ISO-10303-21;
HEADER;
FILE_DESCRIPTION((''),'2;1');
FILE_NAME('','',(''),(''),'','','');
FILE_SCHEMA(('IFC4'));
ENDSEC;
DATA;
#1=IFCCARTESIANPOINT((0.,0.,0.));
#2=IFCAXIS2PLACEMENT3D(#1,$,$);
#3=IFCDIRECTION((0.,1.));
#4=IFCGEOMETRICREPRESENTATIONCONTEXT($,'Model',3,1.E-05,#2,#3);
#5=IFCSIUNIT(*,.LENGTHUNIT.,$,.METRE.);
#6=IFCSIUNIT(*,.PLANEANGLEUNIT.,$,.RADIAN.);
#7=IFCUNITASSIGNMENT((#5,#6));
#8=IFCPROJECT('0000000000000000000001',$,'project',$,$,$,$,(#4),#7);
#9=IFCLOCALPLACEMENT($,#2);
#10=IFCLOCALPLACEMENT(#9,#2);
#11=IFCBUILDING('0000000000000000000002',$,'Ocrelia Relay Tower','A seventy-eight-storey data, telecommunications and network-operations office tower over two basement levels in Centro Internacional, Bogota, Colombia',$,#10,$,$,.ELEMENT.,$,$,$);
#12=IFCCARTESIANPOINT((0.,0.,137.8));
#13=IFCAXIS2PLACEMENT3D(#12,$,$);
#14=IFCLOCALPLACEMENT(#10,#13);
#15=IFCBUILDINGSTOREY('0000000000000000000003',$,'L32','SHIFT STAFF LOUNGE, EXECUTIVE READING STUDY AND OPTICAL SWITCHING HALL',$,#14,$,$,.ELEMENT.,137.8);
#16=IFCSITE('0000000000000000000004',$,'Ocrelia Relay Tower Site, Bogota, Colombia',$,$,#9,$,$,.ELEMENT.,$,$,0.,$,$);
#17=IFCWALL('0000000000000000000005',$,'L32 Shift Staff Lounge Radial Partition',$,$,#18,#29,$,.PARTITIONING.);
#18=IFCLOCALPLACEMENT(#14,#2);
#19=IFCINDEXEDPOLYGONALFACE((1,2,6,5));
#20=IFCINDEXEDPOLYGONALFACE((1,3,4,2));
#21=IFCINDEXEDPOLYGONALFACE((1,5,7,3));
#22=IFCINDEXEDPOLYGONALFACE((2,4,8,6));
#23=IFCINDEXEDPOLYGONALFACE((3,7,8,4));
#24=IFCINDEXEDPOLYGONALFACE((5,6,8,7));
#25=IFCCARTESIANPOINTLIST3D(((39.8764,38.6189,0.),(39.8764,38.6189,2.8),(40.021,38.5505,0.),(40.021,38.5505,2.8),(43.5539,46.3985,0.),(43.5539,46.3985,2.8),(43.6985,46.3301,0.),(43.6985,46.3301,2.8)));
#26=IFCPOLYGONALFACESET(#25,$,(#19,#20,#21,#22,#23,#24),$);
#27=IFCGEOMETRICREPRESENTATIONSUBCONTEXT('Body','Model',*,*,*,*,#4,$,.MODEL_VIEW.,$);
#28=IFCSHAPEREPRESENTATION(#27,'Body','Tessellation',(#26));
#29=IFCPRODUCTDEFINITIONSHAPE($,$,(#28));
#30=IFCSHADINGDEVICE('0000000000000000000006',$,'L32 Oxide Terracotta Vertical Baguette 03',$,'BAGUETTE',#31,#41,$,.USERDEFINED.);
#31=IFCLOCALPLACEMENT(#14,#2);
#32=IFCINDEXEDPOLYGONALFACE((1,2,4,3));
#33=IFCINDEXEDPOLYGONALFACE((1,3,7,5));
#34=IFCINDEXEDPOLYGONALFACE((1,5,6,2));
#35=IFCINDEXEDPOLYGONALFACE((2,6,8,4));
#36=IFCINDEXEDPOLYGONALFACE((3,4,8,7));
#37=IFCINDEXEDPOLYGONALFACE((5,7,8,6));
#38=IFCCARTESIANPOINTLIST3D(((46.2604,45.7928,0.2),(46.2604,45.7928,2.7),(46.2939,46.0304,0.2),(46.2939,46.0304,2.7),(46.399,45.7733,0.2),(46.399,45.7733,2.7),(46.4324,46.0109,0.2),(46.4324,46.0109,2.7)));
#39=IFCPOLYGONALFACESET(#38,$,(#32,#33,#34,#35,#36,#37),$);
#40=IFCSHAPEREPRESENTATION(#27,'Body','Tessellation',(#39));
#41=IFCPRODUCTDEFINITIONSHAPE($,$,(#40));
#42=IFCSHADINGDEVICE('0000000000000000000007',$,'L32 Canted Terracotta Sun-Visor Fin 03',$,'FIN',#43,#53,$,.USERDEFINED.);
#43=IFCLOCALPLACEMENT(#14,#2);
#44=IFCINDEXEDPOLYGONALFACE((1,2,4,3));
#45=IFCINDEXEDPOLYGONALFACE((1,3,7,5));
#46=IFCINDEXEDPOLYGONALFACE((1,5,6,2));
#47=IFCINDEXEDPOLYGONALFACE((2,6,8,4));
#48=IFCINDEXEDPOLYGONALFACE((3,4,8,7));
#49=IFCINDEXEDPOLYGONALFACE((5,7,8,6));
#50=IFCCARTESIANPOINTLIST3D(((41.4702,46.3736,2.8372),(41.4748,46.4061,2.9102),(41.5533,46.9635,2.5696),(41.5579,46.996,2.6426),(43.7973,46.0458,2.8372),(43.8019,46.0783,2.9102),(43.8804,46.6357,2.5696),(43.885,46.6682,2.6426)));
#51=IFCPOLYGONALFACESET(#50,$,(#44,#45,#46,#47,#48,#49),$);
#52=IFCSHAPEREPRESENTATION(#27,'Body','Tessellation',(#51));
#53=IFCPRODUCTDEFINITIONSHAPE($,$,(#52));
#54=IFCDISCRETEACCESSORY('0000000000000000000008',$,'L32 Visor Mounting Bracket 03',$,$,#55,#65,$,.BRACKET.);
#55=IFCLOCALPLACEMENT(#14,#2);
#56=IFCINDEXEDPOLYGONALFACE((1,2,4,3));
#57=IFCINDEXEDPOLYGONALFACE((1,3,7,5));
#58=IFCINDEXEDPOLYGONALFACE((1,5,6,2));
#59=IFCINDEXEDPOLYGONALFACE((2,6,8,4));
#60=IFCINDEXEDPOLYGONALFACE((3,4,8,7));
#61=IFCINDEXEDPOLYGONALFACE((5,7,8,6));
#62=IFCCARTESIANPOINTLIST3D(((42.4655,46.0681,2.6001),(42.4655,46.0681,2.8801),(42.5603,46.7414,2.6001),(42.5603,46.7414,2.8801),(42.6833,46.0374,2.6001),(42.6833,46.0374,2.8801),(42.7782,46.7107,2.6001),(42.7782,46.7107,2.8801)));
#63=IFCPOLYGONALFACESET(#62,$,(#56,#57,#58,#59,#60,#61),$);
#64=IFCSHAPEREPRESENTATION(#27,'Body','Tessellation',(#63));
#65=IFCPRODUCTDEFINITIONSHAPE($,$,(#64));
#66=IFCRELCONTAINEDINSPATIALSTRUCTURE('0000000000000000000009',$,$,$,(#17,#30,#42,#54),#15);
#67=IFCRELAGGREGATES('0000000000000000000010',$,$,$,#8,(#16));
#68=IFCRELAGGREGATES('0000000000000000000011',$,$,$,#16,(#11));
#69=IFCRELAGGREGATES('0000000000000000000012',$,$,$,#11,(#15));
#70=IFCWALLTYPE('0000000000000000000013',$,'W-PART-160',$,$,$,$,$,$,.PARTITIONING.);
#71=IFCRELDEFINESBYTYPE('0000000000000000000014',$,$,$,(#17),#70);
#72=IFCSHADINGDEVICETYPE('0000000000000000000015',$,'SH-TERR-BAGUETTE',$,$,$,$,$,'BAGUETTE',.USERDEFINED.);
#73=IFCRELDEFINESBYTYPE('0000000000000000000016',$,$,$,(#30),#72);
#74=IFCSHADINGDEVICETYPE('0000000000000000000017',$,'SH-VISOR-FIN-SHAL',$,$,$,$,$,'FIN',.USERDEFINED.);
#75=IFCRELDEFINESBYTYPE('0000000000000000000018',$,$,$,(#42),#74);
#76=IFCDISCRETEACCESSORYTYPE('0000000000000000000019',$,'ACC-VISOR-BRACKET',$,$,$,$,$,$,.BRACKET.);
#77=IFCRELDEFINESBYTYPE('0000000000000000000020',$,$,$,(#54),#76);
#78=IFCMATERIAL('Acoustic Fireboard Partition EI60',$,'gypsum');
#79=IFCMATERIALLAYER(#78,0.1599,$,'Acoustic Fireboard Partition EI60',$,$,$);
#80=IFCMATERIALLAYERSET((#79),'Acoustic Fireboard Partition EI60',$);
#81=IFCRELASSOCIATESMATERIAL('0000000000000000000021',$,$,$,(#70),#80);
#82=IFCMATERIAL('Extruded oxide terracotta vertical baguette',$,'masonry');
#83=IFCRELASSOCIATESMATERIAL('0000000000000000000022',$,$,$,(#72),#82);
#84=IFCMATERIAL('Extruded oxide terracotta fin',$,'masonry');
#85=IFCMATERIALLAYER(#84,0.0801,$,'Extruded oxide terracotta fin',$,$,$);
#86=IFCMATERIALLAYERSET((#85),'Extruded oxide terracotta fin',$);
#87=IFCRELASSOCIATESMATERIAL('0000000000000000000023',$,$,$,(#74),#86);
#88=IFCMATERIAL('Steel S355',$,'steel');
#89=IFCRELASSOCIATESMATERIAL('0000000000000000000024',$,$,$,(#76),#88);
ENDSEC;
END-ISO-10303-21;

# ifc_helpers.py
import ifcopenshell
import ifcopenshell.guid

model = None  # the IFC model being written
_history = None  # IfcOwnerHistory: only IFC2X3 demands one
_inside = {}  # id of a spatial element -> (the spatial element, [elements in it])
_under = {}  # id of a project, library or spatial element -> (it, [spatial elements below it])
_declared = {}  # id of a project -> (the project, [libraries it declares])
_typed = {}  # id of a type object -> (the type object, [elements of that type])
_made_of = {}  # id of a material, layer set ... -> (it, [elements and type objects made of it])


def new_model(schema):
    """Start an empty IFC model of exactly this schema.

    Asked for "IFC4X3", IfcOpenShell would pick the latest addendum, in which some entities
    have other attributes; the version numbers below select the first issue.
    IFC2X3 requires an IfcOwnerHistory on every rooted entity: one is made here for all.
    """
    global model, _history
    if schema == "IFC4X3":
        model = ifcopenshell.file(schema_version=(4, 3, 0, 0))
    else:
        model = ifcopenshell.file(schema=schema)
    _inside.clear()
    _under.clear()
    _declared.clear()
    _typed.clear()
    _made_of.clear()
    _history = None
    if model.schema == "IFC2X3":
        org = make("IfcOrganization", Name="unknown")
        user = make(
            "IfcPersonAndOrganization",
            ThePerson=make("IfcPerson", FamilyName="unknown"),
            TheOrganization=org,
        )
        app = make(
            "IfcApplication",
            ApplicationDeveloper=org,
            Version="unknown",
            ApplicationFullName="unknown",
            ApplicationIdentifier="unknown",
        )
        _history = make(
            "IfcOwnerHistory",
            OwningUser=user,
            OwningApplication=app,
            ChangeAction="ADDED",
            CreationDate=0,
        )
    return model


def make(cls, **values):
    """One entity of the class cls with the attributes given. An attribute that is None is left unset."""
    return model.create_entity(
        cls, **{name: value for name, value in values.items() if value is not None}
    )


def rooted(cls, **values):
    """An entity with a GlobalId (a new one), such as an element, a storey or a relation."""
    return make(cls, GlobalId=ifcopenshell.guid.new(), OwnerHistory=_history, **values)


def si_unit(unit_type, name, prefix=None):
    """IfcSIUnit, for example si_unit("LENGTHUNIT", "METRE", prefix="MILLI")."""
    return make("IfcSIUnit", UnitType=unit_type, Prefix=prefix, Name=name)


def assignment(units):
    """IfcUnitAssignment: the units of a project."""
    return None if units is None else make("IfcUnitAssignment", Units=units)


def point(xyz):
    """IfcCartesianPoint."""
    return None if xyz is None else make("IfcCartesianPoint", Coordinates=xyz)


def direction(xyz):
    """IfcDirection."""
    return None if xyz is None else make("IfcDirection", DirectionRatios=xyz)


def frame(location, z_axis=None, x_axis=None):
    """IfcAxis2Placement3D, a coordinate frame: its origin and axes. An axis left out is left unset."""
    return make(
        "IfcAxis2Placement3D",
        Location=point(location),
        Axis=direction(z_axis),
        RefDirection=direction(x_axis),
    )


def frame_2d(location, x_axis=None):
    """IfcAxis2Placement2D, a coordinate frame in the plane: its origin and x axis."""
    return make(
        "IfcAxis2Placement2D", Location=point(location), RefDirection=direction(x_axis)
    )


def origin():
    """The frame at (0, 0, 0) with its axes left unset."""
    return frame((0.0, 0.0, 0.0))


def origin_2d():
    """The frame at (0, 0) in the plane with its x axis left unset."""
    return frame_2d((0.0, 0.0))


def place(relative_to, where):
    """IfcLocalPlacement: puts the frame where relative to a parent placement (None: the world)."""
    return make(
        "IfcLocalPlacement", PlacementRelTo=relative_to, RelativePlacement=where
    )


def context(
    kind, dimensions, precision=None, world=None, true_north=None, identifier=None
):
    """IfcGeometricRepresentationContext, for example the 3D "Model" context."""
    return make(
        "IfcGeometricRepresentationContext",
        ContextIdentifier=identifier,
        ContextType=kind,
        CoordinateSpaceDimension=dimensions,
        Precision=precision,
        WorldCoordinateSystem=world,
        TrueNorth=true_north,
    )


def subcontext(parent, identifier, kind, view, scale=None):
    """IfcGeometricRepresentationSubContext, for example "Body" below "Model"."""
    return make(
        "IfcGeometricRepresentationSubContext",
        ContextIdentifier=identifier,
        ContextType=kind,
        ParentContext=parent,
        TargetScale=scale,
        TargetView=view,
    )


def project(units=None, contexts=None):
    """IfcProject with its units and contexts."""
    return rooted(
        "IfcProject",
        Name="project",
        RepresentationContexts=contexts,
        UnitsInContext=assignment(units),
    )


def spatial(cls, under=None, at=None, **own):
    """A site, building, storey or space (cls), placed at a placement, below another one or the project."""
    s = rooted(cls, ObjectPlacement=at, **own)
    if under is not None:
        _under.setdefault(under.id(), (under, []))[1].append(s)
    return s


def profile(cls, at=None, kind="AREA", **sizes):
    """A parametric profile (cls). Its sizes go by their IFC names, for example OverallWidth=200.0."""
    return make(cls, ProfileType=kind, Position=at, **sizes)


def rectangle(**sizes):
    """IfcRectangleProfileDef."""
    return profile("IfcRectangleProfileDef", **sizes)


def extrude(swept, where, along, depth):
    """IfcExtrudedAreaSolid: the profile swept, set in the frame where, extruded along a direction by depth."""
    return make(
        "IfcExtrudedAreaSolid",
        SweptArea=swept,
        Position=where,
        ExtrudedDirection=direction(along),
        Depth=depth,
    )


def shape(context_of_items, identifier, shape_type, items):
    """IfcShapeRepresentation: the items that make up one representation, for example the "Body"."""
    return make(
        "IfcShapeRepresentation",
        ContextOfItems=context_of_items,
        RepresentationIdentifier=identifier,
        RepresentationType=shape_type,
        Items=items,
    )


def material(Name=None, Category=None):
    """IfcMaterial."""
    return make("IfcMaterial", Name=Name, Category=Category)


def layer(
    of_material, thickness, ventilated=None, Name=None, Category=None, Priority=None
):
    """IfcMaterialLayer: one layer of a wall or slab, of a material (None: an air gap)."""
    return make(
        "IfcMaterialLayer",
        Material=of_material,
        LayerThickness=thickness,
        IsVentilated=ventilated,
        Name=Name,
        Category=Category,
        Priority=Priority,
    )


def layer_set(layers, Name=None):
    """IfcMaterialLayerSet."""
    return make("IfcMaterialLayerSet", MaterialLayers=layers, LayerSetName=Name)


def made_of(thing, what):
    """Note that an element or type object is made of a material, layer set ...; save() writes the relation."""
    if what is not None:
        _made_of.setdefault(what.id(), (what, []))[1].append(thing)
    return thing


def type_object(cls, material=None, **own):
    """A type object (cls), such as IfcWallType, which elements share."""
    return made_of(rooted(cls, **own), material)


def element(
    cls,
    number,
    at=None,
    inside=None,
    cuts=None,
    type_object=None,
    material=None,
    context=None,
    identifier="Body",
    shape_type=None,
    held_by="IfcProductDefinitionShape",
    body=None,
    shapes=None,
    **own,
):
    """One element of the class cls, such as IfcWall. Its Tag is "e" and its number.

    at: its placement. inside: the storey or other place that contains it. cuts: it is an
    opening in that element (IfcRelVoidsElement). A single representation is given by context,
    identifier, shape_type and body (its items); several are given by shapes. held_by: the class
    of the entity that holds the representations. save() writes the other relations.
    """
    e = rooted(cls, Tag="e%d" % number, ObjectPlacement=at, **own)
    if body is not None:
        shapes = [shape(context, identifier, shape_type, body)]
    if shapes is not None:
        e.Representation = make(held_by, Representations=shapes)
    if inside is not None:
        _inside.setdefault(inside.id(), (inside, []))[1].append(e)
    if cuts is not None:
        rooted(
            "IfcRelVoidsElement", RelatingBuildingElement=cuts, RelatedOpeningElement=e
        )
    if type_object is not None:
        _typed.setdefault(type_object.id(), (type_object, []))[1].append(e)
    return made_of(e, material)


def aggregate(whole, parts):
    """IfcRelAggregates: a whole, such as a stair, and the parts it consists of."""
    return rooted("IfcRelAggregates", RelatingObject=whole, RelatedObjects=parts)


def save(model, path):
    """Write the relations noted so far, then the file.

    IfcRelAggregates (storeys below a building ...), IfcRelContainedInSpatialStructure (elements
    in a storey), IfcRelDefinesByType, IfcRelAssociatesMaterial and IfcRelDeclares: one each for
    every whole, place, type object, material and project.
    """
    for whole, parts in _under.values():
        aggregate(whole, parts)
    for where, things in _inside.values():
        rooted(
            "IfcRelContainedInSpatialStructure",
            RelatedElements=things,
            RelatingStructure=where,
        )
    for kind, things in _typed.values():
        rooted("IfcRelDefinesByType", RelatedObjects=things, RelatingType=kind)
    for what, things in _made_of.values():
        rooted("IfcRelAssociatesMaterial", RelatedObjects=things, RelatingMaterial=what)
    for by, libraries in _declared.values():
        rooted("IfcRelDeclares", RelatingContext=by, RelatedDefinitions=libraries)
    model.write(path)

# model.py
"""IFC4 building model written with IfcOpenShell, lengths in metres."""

from ifc_helpers import new_model, si_unit, direction, frame, frame_2d, origin, origin_2d, place, context, subcontext, project, spatial, rectangle, extrude, material, layer, layer_set, type_object, element, save


model = new_model("IFC4")

# Units and contexts
model_context = context("Model", 3, precision=1e-05, world=origin(), true_north=direction((0.0, 1.0)))
body_context = subcontext(model_context, "Body", "Model", "MODEL_VIEW")
ifc_project = project(units=[si_unit("LENGTHUNIT", "METRE"), si_unit("PLANEANGLEUNIT", "RADIAN")], contexts=[model_context])

# Site, building, storey
site_placement = place(None, origin())
site = spatial("IfcSite", under=ifc_project, at=site_placement, Name="Ocrelia Relay Tower Site, Bogota, Colombia", CompositionType="ELEMENT", RefElevation=0.0)
building_placement = place(site_placement, origin())
building = spatial("IfcBuilding", under=site, at=building_placement, Name="Ocrelia Relay Tower", Description="A seventy-eight-storey data, telecommunications and network-operations office tower over two basement levels in Centro Internacional, Bogota, Colombia", CompositionType="ELEMENT")
storey_placement = place(building_placement, frame((0.0, 0.0, 137.8)))
storey = spatial("IfcBuildingStorey", under=building, at=storey_placement, Name="L32", Description="SHIFT STAFF LOUNGE, EXECUTIVE READING STUDY AND OPTICAL SWITCHING HALL", CompositionType="ELEMENT", Elevation=137.8)

# Shared definitions
ifc_material_1 = material(Name="Steel S355", Category="steel")

# Wall
ifc_material_2 = material(Name="Acoustic Fireboard Partition EI60", Category="gypsum")
ifc_layer_1 = layer(ifc_material_2, 0.1599, Name="Acoustic Fireboard Partition EI60")
ifc_layer_set_1 = layer_set([ifc_layer_1], Name="Acoustic Fireboard Partition EI60")
wall_type_1 = type_object("IfcWallType", Name="W-PART-160", PredefinedType="PARTITIONING", material=ifc_layer_set_1)
wall_1_placement = place(storey_placement, frame((39.9487, 38.5847, 0.0), z_axis=(0.0, 0.0, 1.0), x_axis=(0.427369, 0.904077, 0.0)))
element("IfcWall", 1, at=wall_1_placement, inside=storey, type_object=wall_type_1, Name="L32 Shift Staff Lounge Radial Partition", PredefinedType="PARTITIONING", context=body_context, shape_type="SweptSolid", body=[
    extrude(rectangle(XDim=8.605, YDim=0.1599, at=frame_2d((4.3025, 0.0))), origin(), (0.0, 0.0, 1.0), 2.8),
])

# Shading devices
ifc_material_3 = material(Name="Extruded oxide terracotta vertical baguette", Category="masonry")
shading_device_type_1 = type_object("IfcShadingDeviceType", Name="SH-TERR-BAGUETTE", ElementType="BAGUETTE", PredefinedType="USERDEFINED", material=ifc_material_3)
shading_device_1_placement = place(storey_placement, frame((46.3464, 45.9019, 0.2), z_axis=(0.0, 0.0, 1.0), x_axis=(-0.990223, 0.139491, 0.0)))
element("IfcShadingDevice", 2, at=shading_device_1_placement, inside=storey, type_object=shading_device_type_1, Name="L32 Oxide Terracotta Vertical Baguette 03", ObjectType="BAGUETTE", PredefinedType="USERDEFINED", context=body_context, shape_type="SweptSolid", body=[
    extrude(rectangle(XDim=0.1399, YDim=0.24, at=origin_2d()), origin(), (0.0, 0.0, 1.0), 2.5),
])
ifc_material_4 = material(Name="Extruded oxide terracotta fin", Category="masonry")
ifc_layer_2 = layer(ifc_material_4, 0.0801, Name="Extruded oxide terracotta fin")
ifc_layer_set_2 = layer_set([ifc_layer_2], Name="Extruded oxide terracotta fin")
shading_device_type_2 = type_object("IfcShadingDeviceType", Name="SH-VISOR-FIN-SHAL", ElementType="FIN", PredefinedType="USERDEFINED", material=ifc_layer_set_2)
shading_device_2_placement = place(storey_placement, frame((42.6753, 46.5046, 2.7034), z_axis=(0.057158, 0.405758, 0.912192), x_axis=(-0.990223, 0.139491, 0.0)))
element("IfcShadingDevice", 3, at=shading_device_2_placement, inside=storey, type_object=shading_device_type_2, Name="L32 Canted Terracotta Sun-Visor Fin 03", ObjectType="FIN", PredefinedType="USERDEFINED", context=body_context, shape_type="SweptSolid", body=[
    extrude(rectangle(XDim=2.3501, YDim=0.6531, at=origin_2d()), origin(), (0.0, 0.0, 1.0), 0.0801),
])

# Discrete accessory
discrete_accessory_type = type_object("IfcDiscreteAccessoryType", Name="ACC-VISOR-BRACKET", PredefinedType="BRACKET", material=ifc_material_1)
discrete_accessory_placement = place(storey_placement, frame((42.6218, 46.3894, 2.6001), z_axis=(0.0, 0.0, 1.0), x_axis=(-0.990223, 0.139491, 0.0)))
element("IfcDiscreteAccessory", 4, at=discrete_accessory_placement, inside=storey, type_object=discrete_accessory_type, Name="L32 Visor Mounting Bracket 03", PredefinedType="BRACKET", context=body_context, shape_type="SweptSolid", body=[
    extrude(rectangle(XDim=0.22, YDim=0.6799, at=origin_2d()), origin(), (0.0, 0.0, 1.0), 0.28),
])

save(model, "model.ifc")
